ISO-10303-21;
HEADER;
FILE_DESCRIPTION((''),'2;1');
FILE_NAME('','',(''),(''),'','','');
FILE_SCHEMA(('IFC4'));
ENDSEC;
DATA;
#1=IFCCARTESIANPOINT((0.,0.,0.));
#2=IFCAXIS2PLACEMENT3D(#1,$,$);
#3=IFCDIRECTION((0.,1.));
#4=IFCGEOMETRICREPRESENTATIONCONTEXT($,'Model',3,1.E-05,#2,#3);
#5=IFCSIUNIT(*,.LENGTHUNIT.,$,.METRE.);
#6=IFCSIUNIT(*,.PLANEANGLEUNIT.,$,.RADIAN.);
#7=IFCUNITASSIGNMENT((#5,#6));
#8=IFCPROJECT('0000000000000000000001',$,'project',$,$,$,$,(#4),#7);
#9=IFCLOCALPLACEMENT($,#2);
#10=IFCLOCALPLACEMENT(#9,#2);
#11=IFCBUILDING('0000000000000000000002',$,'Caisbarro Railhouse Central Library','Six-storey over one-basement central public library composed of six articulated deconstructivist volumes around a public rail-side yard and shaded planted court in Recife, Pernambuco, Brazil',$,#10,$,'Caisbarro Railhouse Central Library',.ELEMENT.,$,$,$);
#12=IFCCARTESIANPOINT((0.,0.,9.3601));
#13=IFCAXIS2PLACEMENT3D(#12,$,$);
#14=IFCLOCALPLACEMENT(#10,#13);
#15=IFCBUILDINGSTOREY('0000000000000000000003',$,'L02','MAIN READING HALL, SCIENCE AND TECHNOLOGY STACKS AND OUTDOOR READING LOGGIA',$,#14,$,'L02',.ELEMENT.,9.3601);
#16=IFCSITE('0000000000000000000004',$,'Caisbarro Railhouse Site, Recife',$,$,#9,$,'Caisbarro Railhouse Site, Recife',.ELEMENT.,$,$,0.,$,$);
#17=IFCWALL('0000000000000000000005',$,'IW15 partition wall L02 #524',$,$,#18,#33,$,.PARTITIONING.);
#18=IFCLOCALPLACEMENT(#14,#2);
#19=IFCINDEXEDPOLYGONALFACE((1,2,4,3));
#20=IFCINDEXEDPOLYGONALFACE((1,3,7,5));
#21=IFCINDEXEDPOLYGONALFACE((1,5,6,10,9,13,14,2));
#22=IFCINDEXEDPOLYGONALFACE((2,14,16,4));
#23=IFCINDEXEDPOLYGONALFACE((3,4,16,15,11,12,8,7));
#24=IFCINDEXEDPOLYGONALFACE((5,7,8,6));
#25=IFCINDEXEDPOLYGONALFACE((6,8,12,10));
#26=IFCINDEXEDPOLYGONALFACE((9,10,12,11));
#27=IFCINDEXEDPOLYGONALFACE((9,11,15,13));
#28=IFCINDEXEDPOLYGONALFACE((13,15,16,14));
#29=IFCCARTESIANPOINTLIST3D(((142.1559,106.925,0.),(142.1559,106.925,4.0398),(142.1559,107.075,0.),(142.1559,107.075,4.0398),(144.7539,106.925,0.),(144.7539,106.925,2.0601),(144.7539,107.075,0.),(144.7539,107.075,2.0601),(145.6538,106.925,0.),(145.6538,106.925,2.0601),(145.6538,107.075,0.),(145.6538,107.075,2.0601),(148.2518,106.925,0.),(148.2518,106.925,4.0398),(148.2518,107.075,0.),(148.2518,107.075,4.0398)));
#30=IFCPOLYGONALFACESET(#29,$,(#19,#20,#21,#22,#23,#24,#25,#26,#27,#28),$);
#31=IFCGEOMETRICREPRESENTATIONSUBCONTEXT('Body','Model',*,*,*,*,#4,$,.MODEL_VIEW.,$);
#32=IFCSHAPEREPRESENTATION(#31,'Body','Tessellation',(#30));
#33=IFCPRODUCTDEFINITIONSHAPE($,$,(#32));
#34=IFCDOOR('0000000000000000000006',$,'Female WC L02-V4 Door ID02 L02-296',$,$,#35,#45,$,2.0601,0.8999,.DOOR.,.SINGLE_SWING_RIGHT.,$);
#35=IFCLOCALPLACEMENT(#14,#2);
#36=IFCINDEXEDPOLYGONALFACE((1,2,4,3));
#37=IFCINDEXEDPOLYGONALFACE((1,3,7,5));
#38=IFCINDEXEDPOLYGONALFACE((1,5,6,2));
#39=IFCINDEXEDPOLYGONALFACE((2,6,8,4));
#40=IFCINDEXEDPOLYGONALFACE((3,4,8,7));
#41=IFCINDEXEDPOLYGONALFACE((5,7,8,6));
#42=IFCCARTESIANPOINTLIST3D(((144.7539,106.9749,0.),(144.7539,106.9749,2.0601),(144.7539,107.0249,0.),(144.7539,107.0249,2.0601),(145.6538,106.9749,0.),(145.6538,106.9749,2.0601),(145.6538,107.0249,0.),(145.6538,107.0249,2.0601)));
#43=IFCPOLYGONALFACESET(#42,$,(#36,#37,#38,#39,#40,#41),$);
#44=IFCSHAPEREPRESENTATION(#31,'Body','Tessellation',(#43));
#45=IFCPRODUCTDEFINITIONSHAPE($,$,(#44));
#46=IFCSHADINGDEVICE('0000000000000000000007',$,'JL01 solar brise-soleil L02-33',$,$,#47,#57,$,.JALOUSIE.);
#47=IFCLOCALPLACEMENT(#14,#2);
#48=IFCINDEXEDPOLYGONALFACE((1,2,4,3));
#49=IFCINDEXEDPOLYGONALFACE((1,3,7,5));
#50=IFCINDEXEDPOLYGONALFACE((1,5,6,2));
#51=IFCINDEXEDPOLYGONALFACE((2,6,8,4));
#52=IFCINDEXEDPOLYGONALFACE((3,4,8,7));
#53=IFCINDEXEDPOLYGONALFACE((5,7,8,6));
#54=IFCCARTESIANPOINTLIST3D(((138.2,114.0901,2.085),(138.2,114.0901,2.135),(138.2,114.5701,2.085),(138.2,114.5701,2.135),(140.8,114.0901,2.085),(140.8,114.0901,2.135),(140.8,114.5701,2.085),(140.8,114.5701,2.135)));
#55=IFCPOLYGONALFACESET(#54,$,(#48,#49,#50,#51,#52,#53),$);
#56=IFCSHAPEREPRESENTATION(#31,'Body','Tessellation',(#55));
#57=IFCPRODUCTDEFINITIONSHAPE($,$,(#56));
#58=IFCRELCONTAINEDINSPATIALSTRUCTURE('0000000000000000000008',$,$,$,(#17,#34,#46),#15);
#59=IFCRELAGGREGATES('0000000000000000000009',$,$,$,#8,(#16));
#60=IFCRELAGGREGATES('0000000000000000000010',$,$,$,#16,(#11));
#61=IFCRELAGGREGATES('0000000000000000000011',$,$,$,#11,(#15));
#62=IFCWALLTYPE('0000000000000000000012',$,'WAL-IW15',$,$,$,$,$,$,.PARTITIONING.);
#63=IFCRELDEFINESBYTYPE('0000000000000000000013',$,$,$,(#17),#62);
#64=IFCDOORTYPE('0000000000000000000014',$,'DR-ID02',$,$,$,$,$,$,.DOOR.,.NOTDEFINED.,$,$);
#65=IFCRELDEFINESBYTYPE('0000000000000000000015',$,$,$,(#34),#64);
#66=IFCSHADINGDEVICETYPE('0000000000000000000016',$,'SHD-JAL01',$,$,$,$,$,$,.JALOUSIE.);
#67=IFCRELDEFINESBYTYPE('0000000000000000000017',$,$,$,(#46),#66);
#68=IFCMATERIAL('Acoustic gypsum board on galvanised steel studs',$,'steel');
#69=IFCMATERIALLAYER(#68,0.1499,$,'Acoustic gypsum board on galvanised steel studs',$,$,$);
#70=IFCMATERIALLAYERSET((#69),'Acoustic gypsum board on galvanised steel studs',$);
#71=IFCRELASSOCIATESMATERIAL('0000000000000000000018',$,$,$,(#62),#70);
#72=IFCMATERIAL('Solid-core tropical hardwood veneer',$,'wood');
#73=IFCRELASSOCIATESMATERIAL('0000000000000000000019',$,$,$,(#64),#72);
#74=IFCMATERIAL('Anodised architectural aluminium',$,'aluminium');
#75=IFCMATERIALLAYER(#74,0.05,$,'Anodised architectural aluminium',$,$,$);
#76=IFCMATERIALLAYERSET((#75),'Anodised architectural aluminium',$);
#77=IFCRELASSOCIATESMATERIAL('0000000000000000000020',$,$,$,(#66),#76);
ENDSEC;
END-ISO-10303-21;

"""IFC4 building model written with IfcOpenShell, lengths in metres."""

from ifc_helpers import new_model, si_unit, direction, frame, frame_2d, origin, origin_2d, place, context, subcontext, project, spatial, rectangle, extrude, material, layer, layer_set, type_object, element, fill, save


model = new_model("IFC4")

# Units and contexts
model_context = context("Model", 3, precision=1e-05, world=origin(), true_north=direction((0.0, 1.0)))
body_context = subcontext(model_context, "Body", "Model", "MODEL_VIEW")
ifc_project = project(units=[si_unit("LENGTHUNIT", "METRE"), si_unit("PLANEANGLEUNIT", "RADIAN")], contexts=[model_context])

# Site, building, storey
site_placement = place(None, origin())
site = spatial("IfcSite", under=ifc_project, at=site_placement, Name="Caisbarro Railhouse Site, Recife", LongName="Caisbarro Railhouse Site, Recife", CompositionType="ELEMENT", RefElevation=0.0)
building_placement = place(site_placement, origin())
building = spatial("IfcBuilding", under=site, at=building_placement, Name="Caisbarro Railhouse Central Library", Description="Six-storey over one-basement central public library composed of six articulated deconstructivist volumes around a public rail-side yard and shaded planted court in Recife, Pernambuco, Brazil", LongName="Caisbarro Railhouse Central Library", CompositionType="ELEMENT")
storey_placement = place(building_placement, frame((0.0, 0.0, 9.3601)))
storey = spatial("IfcBuildingStorey", under=building, at=storey_placement, Name="L02", Description="MAIN READING HALL, SCIENCE AND TECHNOLOGY STACKS AND OUTDOOR READING LOGGIA", LongName="L02", CompositionType="ELEMENT", Elevation=9.3601)

# Shared definitions
ifc_material_1 = material(Name="Acoustic gypsum board on galvanised steel studs", Category="steel")

# Wall, opening, door
ifc_layer_1 = layer(ifc_material_1, 0.1499, Name="Acoustic gypsum board on galvanised steel studs")
ifc_layer_set_1 = layer_set([ifc_layer_1], Name="Acoustic gypsum board on galvanised steel studs")
wall_type_1 = type_object("IfcWallType", Name="WAL-IW15", PredefinedType="PARTITIONING", material=ifc_layer_set_1)
ifc_material_2 = material(Name="Solid-core tropical hardwood veneer", Category="wood")
wall_1_placement = place(storey_placement, frame((142.156, 107.0, 0.0), z_axis=(0.0, 0.0, 1.0), x_axis=(1.0, 0.0, 0.0)))
wall_1 = element("IfcWall", 1, at=wall_1_placement, inside=storey, type_object=wall_type_1, Name="IW15 partition wall L02 #524", PredefinedType="PARTITIONING", context=body_context, shape_type="SweptSolid", body=[
    extrude(rectangle(XDim=6.0959, YDim=0.1499, at=frame_2d((3.0479, 0.0))), origin(), (0.0, 0.0, 1.0), 4.0398),
])
opening_1_placement = place(wall_1_placement, frame((2.5979, 0.0, 0.0)))
opening_1 = element("IfcOpeningElement", 2, at=opening_1_placement, cuts=wall_1, PredefinedType="OPENING", context=body_context, shape_type="SweptSolid", body=[
    extrude(rectangle(XDim=0.8999, YDim=2.0601, at=frame_2d((0.45, 1.03))), frame((0.0, 0.085, 0.0), z_axis=(0.0, -1.0, 0.0), x_axis=(1.0, 0.0, 0.0)), (0.0, 0.0, 1.0), 0.1699),
])
door_type_1 = type_object("IfcDoorType", Name="DR-ID02", OperationType="NOTDEFINED", PredefinedType="DOOR", material=ifc_material_2)
door_1_placement = place(opening_1_placement, origin())
door_1 = element("IfcDoor", 3, at=door_1_placement, inside=storey, type_object=door_type_1, Name="Female WC L02-V4 Door ID02 L02-296", OperationType="SINGLE_SWING_RIGHT", OverallHeight=2.0601, OverallWidth=0.8999, PredefinedType="DOOR", context=body_context, shape_type="SweptSolid", body=[
    extrude(rectangle(XDim=0.8999, YDim=2.0601, at=frame_2d((0.45, 1.03))), frame((0.0, 0.0249, 0.0), z_axis=(0.0, -1.0, 0.0), x_axis=(1.0, 0.0, 0.0)), (0.0, 0.0, 1.0), 0.05),
])
fill(opening_1, door_1)

# Shading device
ifc_material_3 = material(Name="Anodised architectural aluminium", Category="aluminium")
ifc_layer_2 = layer(ifc_material_3, 0.05, Name="Anodised architectural aluminium")
ifc_layer_set_2 = layer_set([ifc_layer_2], Name="Anodised architectural aluminium")
shading_device_type = type_object("IfcShadingDeviceType", Name="SHD-JAL01", PredefinedType="JALOUSIE", material=ifc_layer_set_2)
shading_device_placement = place(storey_placement, frame((139.5, 114.3301, 2.085), z_axis=(0.0, 0.0, 1.0), x_axis=(1.0, 0.0, 0.0)))
element("IfcShadingDevice", 4, at=shading_device_placement, inside=storey, type_object=shading_device_type, Name="JL01 solar brise-soleil L02-33", PredefinedType="JALOUSIE", context=body_context, shape_type="SweptSolid", body=[
    extrude(rectangle(XDim=2.6001, YDim=0.48, at=origin_2d()), origin(), (0.0, 0.0, 1.0), 0.05),
])

save(model, "model.ifc")
